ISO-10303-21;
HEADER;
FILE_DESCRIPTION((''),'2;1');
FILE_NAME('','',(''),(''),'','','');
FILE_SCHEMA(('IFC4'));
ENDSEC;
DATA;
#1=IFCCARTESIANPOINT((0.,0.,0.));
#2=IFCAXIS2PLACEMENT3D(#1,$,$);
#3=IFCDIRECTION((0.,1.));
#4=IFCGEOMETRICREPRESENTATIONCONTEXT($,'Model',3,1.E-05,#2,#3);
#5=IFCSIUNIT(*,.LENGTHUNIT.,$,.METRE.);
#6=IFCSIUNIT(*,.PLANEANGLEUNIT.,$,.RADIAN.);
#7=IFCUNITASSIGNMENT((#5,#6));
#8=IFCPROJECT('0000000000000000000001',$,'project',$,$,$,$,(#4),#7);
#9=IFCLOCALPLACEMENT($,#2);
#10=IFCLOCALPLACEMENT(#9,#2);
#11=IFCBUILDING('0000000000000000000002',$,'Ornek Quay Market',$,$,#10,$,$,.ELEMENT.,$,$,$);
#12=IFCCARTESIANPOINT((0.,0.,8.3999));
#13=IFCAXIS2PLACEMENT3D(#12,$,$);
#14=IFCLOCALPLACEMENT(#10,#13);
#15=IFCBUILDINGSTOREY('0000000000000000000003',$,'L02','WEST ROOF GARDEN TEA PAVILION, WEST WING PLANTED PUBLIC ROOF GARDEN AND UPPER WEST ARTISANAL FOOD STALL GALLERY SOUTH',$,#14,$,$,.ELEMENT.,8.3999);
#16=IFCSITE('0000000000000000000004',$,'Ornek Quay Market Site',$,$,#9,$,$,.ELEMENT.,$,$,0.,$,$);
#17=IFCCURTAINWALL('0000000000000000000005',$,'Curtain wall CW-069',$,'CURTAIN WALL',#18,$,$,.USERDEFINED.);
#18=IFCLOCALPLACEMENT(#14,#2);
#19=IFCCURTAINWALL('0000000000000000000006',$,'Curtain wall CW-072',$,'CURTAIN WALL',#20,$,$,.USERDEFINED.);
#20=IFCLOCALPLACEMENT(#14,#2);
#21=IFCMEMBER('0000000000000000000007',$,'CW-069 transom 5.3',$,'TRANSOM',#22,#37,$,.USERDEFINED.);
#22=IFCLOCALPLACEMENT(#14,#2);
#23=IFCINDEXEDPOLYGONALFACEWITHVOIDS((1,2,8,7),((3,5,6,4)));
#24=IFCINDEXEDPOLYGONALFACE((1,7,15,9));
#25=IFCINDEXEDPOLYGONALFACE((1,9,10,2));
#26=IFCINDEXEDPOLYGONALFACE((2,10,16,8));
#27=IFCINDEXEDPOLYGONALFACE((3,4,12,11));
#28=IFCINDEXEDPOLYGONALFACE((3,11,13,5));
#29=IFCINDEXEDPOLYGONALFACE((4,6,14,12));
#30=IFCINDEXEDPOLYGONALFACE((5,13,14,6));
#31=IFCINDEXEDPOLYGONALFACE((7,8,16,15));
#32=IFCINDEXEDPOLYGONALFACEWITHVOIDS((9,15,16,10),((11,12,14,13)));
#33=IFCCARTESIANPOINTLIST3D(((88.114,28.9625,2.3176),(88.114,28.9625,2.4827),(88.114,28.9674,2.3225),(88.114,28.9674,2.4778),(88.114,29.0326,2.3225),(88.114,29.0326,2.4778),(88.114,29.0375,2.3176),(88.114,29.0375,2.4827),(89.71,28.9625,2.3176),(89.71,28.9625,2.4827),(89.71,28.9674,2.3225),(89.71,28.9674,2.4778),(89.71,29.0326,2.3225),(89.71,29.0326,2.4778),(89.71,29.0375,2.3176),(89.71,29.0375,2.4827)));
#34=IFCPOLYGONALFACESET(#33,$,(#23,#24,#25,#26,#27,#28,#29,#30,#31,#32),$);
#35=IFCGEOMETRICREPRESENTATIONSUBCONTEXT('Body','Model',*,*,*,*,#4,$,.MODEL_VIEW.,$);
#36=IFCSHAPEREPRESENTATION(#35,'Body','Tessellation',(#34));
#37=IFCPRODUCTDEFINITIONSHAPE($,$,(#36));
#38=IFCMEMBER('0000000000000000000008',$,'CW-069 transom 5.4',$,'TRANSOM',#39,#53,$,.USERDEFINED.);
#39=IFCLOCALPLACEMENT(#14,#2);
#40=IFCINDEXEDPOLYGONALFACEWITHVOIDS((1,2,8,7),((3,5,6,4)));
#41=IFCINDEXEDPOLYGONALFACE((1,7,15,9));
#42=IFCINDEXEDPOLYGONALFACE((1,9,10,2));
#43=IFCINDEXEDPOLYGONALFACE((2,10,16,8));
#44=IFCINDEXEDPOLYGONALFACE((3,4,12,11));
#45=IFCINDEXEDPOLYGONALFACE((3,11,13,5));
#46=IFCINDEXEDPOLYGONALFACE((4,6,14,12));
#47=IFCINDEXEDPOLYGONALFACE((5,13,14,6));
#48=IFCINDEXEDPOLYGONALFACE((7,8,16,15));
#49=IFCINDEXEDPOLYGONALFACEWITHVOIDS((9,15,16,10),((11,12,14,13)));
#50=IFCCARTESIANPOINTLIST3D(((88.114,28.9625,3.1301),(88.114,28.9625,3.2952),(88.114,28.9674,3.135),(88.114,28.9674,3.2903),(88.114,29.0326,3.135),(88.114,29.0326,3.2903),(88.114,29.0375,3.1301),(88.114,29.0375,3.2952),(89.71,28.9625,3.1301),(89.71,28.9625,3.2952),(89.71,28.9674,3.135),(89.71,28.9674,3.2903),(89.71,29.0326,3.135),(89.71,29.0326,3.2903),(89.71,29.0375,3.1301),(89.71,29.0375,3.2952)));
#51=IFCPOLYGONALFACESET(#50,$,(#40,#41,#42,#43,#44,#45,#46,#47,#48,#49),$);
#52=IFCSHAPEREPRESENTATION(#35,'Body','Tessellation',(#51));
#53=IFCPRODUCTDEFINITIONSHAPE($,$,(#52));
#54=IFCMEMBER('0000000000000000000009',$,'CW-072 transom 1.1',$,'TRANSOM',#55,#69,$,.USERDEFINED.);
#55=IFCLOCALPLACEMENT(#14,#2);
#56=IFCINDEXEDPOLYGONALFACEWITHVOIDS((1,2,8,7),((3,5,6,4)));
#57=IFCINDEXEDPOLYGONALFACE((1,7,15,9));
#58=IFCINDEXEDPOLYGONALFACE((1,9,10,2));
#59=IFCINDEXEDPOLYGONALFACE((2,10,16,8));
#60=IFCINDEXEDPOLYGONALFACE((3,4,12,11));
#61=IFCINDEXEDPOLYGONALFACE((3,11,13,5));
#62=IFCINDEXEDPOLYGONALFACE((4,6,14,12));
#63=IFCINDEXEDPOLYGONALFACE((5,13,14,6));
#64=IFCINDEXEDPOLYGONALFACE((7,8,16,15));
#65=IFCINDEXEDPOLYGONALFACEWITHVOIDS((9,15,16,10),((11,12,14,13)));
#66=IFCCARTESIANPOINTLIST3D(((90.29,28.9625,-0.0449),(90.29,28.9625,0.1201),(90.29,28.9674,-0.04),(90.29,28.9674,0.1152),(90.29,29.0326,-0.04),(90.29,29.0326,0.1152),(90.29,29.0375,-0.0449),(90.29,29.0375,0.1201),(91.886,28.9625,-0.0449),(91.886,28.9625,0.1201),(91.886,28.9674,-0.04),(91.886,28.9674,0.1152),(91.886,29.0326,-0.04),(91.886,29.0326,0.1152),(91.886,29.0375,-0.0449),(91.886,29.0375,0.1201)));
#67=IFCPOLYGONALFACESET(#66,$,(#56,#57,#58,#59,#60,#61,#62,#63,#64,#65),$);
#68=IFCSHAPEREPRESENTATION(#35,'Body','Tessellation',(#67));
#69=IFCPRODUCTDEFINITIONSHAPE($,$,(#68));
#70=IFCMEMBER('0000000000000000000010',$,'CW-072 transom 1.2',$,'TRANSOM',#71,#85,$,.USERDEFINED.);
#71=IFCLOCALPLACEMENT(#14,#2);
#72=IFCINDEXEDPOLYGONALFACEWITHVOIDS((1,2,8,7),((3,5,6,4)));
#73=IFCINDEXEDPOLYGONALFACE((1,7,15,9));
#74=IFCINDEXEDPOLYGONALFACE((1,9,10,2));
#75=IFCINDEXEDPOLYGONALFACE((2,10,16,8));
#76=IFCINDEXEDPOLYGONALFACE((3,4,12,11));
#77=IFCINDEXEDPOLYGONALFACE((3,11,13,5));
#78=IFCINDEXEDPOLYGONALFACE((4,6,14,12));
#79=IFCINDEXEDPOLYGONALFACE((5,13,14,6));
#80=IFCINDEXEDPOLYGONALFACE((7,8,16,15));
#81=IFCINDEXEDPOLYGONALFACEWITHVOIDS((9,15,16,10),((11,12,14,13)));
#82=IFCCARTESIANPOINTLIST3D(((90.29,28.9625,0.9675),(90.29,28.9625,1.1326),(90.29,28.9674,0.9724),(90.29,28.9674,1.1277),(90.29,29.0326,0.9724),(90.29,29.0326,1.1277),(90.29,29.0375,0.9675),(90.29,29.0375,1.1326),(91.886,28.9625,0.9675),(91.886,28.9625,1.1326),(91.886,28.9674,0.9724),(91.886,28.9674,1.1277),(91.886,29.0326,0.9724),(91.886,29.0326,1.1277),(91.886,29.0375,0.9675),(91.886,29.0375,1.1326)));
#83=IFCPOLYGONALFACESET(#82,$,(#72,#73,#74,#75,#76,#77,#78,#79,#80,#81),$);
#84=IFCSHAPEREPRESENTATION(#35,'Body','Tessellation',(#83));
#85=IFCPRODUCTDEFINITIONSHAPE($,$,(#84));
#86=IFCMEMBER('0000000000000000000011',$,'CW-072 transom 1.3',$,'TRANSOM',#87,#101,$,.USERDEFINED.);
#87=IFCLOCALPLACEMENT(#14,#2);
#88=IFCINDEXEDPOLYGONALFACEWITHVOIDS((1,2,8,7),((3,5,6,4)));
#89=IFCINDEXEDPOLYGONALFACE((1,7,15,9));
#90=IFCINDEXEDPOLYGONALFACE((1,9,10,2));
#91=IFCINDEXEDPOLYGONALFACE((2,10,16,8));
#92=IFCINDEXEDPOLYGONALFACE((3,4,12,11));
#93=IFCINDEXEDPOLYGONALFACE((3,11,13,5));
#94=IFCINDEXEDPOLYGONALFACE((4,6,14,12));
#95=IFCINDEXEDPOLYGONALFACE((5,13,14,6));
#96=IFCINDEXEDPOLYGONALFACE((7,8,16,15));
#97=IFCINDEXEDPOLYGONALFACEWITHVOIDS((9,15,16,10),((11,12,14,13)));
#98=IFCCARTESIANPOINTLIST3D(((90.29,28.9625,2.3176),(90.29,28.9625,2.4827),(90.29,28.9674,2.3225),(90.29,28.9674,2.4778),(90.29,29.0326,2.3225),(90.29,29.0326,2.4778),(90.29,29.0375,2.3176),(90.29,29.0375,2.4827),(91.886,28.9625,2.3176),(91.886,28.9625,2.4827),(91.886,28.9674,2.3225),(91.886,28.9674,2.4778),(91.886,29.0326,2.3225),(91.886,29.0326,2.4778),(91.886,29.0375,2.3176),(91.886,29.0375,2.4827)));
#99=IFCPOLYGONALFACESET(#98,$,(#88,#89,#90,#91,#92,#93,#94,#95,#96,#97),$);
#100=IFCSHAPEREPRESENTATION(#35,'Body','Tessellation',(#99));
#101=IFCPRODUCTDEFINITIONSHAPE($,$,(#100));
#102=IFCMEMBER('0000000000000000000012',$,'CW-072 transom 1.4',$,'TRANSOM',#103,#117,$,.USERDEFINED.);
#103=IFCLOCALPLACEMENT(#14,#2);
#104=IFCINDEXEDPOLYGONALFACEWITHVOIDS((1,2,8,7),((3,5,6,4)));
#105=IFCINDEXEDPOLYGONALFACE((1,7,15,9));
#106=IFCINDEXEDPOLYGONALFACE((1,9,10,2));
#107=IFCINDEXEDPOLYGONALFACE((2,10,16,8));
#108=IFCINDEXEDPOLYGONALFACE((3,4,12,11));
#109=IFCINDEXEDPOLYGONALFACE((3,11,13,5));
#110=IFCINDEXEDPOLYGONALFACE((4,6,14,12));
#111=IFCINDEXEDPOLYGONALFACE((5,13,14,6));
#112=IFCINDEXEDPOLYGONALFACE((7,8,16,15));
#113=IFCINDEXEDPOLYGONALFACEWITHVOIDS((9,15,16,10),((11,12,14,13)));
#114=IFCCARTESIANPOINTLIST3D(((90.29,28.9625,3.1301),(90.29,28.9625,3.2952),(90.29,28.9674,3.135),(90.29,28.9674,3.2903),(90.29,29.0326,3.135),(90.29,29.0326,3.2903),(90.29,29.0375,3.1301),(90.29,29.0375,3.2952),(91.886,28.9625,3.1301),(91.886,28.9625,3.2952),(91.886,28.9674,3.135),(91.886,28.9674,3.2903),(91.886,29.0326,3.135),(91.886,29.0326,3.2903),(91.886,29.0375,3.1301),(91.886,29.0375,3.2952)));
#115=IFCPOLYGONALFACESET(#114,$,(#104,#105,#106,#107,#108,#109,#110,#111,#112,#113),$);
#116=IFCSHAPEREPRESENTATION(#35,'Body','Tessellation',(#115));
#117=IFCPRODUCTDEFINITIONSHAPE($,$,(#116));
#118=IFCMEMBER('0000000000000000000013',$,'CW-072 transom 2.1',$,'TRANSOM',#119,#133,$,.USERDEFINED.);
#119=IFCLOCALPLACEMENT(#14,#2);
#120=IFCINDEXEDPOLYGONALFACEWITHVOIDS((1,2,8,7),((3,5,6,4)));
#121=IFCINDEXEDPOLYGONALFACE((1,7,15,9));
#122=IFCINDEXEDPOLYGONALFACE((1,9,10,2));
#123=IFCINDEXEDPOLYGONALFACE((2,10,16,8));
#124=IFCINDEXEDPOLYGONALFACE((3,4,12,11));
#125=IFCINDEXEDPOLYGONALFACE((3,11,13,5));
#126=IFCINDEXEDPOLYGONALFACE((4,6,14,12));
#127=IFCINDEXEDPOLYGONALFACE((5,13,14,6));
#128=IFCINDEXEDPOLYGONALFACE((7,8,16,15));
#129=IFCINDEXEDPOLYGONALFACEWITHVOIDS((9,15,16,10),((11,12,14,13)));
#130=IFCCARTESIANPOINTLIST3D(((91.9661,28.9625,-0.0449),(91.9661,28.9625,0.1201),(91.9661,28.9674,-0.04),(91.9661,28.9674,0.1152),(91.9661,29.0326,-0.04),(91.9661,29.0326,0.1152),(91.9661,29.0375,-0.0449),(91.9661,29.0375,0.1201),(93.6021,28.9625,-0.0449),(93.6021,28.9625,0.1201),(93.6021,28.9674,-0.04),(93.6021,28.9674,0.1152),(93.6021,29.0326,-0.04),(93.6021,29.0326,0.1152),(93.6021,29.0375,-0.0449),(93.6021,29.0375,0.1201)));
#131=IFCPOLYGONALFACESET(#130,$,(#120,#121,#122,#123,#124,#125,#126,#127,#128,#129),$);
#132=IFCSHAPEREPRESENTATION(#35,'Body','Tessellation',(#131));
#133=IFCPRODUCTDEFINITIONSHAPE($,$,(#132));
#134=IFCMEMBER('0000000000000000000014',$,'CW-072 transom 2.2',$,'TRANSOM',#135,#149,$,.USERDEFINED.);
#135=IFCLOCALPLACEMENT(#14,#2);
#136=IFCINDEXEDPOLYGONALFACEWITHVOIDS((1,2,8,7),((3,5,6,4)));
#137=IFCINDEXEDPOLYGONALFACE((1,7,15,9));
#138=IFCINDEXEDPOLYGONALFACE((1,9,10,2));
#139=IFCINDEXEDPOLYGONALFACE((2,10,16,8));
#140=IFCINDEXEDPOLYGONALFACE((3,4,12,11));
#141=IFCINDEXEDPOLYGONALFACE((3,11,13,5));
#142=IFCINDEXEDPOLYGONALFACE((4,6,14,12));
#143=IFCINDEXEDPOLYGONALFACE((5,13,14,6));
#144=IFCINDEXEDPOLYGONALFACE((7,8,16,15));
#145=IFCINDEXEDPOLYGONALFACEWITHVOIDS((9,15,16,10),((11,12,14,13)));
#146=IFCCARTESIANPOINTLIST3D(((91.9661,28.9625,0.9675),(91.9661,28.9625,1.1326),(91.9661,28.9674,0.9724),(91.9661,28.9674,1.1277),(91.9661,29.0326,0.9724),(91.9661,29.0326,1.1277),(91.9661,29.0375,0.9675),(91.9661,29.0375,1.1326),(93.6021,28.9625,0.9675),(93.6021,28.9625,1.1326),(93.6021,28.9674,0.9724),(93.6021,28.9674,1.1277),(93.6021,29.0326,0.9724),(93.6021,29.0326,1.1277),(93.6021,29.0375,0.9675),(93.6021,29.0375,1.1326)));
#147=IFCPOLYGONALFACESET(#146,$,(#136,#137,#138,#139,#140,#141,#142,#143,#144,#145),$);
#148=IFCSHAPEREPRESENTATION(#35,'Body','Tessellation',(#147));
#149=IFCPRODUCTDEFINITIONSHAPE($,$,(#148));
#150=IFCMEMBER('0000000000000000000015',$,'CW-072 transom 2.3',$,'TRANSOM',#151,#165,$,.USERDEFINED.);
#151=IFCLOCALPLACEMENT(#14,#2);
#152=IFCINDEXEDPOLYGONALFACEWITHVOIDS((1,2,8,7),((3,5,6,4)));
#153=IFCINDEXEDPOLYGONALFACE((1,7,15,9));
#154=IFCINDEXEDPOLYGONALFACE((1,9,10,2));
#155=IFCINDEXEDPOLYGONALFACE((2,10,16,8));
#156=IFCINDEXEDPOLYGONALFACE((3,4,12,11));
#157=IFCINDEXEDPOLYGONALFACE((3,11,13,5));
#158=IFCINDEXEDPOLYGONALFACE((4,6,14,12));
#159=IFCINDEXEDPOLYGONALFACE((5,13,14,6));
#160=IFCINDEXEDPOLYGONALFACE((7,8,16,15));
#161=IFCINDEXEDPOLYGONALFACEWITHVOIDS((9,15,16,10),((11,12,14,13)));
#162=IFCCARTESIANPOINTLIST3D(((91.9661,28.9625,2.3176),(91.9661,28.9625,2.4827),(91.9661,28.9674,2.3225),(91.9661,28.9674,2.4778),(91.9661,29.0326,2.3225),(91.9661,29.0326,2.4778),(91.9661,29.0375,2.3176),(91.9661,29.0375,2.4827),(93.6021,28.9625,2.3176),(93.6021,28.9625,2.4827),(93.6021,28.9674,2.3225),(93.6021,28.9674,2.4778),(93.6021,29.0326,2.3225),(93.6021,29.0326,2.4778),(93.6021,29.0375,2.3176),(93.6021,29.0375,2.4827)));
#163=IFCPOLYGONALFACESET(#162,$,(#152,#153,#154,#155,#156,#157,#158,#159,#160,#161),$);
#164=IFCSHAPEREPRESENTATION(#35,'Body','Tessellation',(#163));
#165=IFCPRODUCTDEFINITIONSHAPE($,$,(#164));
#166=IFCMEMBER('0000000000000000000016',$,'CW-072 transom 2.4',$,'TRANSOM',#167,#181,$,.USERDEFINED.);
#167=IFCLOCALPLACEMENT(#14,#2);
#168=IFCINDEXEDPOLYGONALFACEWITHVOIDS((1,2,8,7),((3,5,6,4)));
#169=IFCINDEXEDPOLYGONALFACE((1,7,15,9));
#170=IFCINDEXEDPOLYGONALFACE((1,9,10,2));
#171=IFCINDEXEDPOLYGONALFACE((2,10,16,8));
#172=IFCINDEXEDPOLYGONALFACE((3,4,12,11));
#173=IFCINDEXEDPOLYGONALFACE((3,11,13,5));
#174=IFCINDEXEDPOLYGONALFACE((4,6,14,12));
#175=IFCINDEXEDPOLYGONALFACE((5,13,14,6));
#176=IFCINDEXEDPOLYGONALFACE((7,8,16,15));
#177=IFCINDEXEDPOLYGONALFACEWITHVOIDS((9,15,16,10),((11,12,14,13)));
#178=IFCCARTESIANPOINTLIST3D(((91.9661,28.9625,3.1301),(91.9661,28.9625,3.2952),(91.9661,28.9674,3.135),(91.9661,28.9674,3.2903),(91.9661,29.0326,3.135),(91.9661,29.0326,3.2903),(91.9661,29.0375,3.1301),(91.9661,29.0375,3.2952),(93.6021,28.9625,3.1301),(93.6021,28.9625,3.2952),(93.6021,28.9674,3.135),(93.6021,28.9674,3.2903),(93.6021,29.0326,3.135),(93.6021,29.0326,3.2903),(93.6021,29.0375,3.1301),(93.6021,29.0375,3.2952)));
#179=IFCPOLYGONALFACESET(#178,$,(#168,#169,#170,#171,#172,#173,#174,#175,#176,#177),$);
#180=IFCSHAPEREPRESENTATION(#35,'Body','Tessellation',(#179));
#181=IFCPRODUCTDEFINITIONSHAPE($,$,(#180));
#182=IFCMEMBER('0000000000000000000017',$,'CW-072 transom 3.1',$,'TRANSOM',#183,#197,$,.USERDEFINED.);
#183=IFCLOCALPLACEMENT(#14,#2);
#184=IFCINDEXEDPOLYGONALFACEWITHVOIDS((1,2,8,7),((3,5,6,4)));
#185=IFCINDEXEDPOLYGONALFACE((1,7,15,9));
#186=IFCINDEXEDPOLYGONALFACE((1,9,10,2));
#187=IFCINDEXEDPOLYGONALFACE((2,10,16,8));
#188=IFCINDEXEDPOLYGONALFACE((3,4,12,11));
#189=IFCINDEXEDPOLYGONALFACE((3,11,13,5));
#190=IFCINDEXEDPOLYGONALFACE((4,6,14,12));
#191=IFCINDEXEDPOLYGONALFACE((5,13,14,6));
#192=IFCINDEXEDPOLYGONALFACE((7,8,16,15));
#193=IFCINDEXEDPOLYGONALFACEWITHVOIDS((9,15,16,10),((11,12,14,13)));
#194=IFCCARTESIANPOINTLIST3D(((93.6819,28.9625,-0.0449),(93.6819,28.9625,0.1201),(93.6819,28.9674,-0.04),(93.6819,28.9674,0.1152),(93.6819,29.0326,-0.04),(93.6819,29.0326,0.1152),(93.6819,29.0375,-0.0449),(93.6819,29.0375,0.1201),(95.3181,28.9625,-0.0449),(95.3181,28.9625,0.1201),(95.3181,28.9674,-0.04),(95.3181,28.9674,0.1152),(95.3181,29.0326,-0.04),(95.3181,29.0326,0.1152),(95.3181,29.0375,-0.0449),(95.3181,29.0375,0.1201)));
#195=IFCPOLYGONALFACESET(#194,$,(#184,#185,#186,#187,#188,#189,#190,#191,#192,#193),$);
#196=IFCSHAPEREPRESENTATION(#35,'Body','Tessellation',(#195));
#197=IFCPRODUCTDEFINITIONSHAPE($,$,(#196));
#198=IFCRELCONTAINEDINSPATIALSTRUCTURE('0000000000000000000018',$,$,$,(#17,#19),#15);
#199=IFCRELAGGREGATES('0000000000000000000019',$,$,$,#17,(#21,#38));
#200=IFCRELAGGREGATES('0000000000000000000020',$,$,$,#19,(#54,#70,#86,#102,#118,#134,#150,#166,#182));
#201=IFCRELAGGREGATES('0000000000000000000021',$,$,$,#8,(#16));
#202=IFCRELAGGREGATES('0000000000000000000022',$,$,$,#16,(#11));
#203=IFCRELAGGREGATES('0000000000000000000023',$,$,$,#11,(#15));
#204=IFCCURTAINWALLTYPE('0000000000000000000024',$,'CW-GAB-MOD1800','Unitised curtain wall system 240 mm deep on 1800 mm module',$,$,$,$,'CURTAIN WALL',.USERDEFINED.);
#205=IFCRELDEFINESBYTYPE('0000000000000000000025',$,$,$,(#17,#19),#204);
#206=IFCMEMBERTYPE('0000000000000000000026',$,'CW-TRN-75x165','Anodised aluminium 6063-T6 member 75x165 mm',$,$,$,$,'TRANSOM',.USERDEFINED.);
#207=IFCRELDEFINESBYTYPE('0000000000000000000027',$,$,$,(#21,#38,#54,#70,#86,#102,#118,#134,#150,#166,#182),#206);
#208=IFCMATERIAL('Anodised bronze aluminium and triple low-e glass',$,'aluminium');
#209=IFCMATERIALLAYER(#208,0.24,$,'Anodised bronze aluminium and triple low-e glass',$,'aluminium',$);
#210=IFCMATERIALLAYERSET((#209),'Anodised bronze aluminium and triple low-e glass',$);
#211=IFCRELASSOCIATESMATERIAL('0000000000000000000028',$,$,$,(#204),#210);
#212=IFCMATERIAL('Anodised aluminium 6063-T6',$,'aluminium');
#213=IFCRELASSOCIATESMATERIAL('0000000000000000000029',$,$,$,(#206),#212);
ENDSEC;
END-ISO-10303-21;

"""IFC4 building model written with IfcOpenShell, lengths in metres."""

from ifc_helpers import new_model, si_unit, direction, frame, origin, origin_2d, place, context, subcontext, project, spatial, hollow_rectangle, extrude, material, layer, layer_set, material_profile, profile_set, type_object, element, aggregate, save


model = new_model("IFC4")

# Units and contexts
model_context = context("Model", 3, precision=1e-05, world=origin(), true_north=direction((0.0, 1.0)))
body_context = subcontext(model_context, "Body", "Model", "MODEL_VIEW")
ifc_project = project(units=[si_unit("LENGTHUNIT", "METRE"), si_unit("PLANEANGLEUNIT", "RADIAN")], contexts=[model_context])

# Site, building, storey
site_placement = place(None, origin())
site = spatial("IfcSite", under=ifc_project, at=site_placement, Name="Ornek Quay Market Site", CompositionType="ELEMENT", RefElevation=0.0)
building_placement = place(site_placement, origin())
building = spatial("IfcBuilding", under=site, at=building_placement, Name="Ornek Quay Market", CompositionType="ELEMENT")
storey_placement = place(building_placement, frame((0.0, 0.0, 8.3999)))
storey = spatial("IfcBuildingStorey", under=building, at=storey_placement, Name="L02", Description="WEST ROOF GARDEN TEA PAVILION, WEST WING PLANTED PUBLIC ROOF GARDEN AND UPPER WEST ARTISANAL FOOD STALL GALLERY SOUTH", CompositionType="ELEMENT", Elevation=8.3999)

# Curtain walls
ifc_material_1 = material(Name="Anodised bronze aluminium and triple low-e glass", Category="aluminium")
ifc_layer_1 = layer(ifc_material_1, 0.24, Name="Anodised bronze aluminium and triple low-e glass", Category="aluminium")
ifc_layer_set_1 = layer_set([ifc_layer_1], Name="Anodised bronze aluminium and triple low-e glass")
curtain_wall_type = type_object("IfcCurtainWallType", Name="CW-GAB-MOD1800", Description="Unitised curtain wall system 240 mm deep on 1800 mm module", ElementType="CURTAIN WALL", PredefinedType="USERDEFINED", material=ifc_layer_set_1)
curtain_wall_1_placement = place(storey_placement, origin())
curtain_wall_1 = element("IfcCurtainWall", 1, at=curtain_wall_1_placement, inside=storey, type_object=curtain_wall_type, Name="Curtain wall CW-069", ObjectType="CURTAIN WALL", PredefinedType="USERDEFINED")
ifc_material_2 = material(Name="Anodised aluminium 6063-T6", Category="aluminium")
curtain_wall_2_placement = place(storey_placement, origin())
curtain_wall_2 = element("IfcCurtainWall", 2, at=curtain_wall_2_placement, inside=storey, type_object=curtain_wall_type, Name="Curtain wall CW-072", ObjectType="CURTAIN WALL", PredefinedType="USERDEFINED")

# Members
ifc_material_profile_1 = material_profile(ifc_material_2, hollow_rectangle(XDim=0.075, YDim=0.165, WallThickness=0.0049, at=origin_2d()), Name="CW-TRN-75x165", Category="aluminium")
ifc_profile_set_1 = profile_set([ifc_material_profile_1], Name="Anodised aluminium 6063-T6")
member_type_1 = type_object("IfcMemberType", Name="CW-TRN-75x165", Description="Anodised aluminium 6063-T6 member 75x165 mm", ElementType="TRANSOM", PredefinedType="USERDEFINED", material=ifc_profile_set_1)
member_1_placement = place(storey_placement, frame((88.114, 29.0, 2.4001), z_axis=(1.0, 0.0, 0.0), x_axis=(0.0, 1.0, 0.0)))
member_1 = element("IfcMember", 3, at=member_1_placement, type_object=member_type_1, Name="CW-069 transom 5.3", ObjectType="TRANSOM", PredefinedType="USERDEFINED", context=body_context, shape_type="SweptSolid", body=[
    extrude(hollow_rectangle(XDim=0.075, YDim=0.165, WallThickness=0.0049, at=origin_2d()), origin(), (0.0, 0.0, 1.0), 1.5959),
])
member_2_placement = place(storey_placement, frame((88.114, 29.0, 3.2126), z_axis=(1.0, 0.0, 0.0), x_axis=(0.0, 1.0, 0.0)))
member_2 = element("IfcMember", 4, at=member_2_placement, type_object=member_type_1, Name="CW-069 transom 5.4", ObjectType="TRANSOM", PredefinedType="USERDEFINED", context=body_context, shape_type="SweptSolid", body=[
    extrude(hollow_rectangle(XDim=0.075, YDim=0.165, WallThickness=0.0049, at=origin_2d()), origin(), (0.0, 0.0, 1.0), 1.5959),
])
member_3_placement = place(storey_placement, frame((90.29, 29.0, 0.0376), z_axis=(1.0, 0.0, 0.0), x_axis=(0.0, 1.0, 0.0)))
member_3 = element("IfcMember", 5, at=member_3_placement, type_object=member_type_1, Name="CW-072 transom 1.1", ObjectType="TRANSOM", PredefinedType="USERDEFINED", context=body_context, shape_type="SweptSolid", body=[
    extrude(hollow_rectangle(XDim=0.075, YDim=0.165, WallThickness=0.0049, at=origin_2d()), origin(), (0.0, 0.0, 1.0), 1.5959),
])
member_4_placement = place(storey_placement, frame((90.29, 29.0, 1.05), z_axis=(1.0, 0.0, 0.0), x_axis=(0.0, 1.0, 0.0)))
member_4 = element("IfcMember", 6, at=member_4_placement, type_object=member_type_1, Name="CW-072 transom 1.2", ObjectType="TRANSOM", PredefinedType="USERDEFINED", context=body_context, shape_type="SweptSolid", body=[
    extrude(hollow_rectangle(XDim=0.075, YDim=0.165, WallThickness=0.0049, at=origin_2d()), origin(), (0.0, 0.0, 1.0), 1.5959),
])
member_5_placement = place(storey_placement, frame((90.29, 29.0, 2.4001), z_axis=(1.0, 0.0, 0.0), x_axis=(0.0, 1.0, 0.0)))
member_5 = element("IfcMember", 7, at=member_5_placement, type_object=member_type_1, Name="CW-072 transom 1.3", ObjectType="TRANSOM", PredefinedType="USERDEFINED", context=body_context, shape_type="SweptSolid", body=[
    extrude(hollow_rectangle(XDim=0.075, YDim=0.165, WallThickness=0.0049, at=origin_2d()), origin(), (0.0, 0.0, 1.0), 1.5959),
])
member_6_placement = place(storey_placement, frame((90.29, 29.0, 3.2126), z_axis=(1.0, 0.0, 0.0), x_axis=(0.0, 1.0, 0.0)))
member_6 = element("IfcMember", 8, at=member_6_placement, type_object=member_type_1, Name="CW-072 transom 1.4", ObjectType="TRANSOM", PredefinedType="USERDEFINED", context=body_context, shape_type="SweptSolid", body=[
    extrude(hollow_rectangle(XDim=0.075, YDim=0.165, WallThickness=0.0049, at=origin_2d()), origin(), (0.0, 0.0, 1.0), 1.5959),
])
member_7_placement = place(storey_placement, frame((91.9661, 29.0, 0.0376), z_axis=(1.0, 0.0, 0.0), x_axis=(0.0, 1.0, 0.0)))
member_7 = element("IfcMember", 9, at=member_7_placement, type_object=member_type_1, Name="CW-072 transom 2.1", ObjectType="TRANSOM", PredefinedType="USERDEFINED", context=body_context, shape_type="SweptSolid", body=[
    extrude(hollow_rectangle(XDim=0.075, YDim=0.165, WallThickness=0.0049, at=origin_2d()), origin(), (0.0, 0.0, 1.0), 1.636),
])
member_8_placement = place(storey_placement, frame((91.9661, 29.0, 1.05), z_axis=(1.0, 0.0, 0.0), x_axis=(0.0, 1.0, 0.0)))
member_8 = element("IfcMember", 10, at=member_8_placement, type_object=member_type_1, Name="CW-072 transom 2.2", ObjectType="TRANSOM", PredefinedType="USERDEFINED", context=body_context, shape_type="SweptSolid", body=[
    extrude(hollow_rectangle(XDim=0.075, YDim=0.165, WallThickness=0.0049, at=origin_2d()), origin(), (0.0, 0.0, 1.0), 1.636),
])
member_9_placement = place(storey_placement, frame((91.9661, 29.0, 2.4001), z_axis=(1.0, 0.0, 0.0), x_axis=(0.0, 1.0, 0.0)))
member_9 = element("IfcMember", 11, at=member_9_placement, type_object=member_type_1, Name="CW-072 transom 2.3", ObjectType="TRANSOM", PredefinedType="USERDEFINED", context=body_context, shape_type="SweptSolid", body=[
    extrude(hollow_rectangle(XDim=0.075, YDim=0.165, WallThickness=0.0049, at=origin_2d()), origin(), (0.0, 0.0, 1.0), 1.636),
])
member_10_placement = place(storey_placement, frame((91.9661, 29.0, 3.2126), z_axis=(1.0, 0.0, 0.0), x_axis=(0.0, 1.0, 0.0)))
member_10 = element("IfcMember", 12, at=member_10_placement, type_object=member_type_1, Name="CW-072 transom 2.4", ObjectType="TRANSOM", PredefinedType="USERDEFINED", context=body_context, shape_type="SweptSolid", body=[
    extrude(hollow_rectangle(XDim=0.075, YDim=0.165, WallThickness=0.0049, at=origin_2d()), origin(), (0.0, 0.0, 1.0), 1.636),
])
member_11_placement = place(storey_placement, frame((93.6819, 29.0, 0.0376), z_axis=(1.0, 0.0, 0.0), x_axis=(0.0, 1.0, 0.0)))
member_11 = element("IfcMember", 13, at=member_11_placement, type_object=member_type_1, Name="CW-072 transom 3.1", ObjectType="TRANSOM", PredefinedType="USERDEFINED", context=body_context, shape_type="SweptSolid", body=[
    extrude(hollow_rectangle(XDim=0.075, YDim=0.165, WallThickness=0.0049, at=origin_2d()), origin(), (0.0, 0.0, 1.0), 1.6362),
])

aggregate(curtain_wall_1, [member_1, member_2])
aggregate(curtain_wall_2, [member_3, member_4, member_5, member_6, member_7, member_8, member_9, member_10, member_11])

save(model, "model.ifc")
